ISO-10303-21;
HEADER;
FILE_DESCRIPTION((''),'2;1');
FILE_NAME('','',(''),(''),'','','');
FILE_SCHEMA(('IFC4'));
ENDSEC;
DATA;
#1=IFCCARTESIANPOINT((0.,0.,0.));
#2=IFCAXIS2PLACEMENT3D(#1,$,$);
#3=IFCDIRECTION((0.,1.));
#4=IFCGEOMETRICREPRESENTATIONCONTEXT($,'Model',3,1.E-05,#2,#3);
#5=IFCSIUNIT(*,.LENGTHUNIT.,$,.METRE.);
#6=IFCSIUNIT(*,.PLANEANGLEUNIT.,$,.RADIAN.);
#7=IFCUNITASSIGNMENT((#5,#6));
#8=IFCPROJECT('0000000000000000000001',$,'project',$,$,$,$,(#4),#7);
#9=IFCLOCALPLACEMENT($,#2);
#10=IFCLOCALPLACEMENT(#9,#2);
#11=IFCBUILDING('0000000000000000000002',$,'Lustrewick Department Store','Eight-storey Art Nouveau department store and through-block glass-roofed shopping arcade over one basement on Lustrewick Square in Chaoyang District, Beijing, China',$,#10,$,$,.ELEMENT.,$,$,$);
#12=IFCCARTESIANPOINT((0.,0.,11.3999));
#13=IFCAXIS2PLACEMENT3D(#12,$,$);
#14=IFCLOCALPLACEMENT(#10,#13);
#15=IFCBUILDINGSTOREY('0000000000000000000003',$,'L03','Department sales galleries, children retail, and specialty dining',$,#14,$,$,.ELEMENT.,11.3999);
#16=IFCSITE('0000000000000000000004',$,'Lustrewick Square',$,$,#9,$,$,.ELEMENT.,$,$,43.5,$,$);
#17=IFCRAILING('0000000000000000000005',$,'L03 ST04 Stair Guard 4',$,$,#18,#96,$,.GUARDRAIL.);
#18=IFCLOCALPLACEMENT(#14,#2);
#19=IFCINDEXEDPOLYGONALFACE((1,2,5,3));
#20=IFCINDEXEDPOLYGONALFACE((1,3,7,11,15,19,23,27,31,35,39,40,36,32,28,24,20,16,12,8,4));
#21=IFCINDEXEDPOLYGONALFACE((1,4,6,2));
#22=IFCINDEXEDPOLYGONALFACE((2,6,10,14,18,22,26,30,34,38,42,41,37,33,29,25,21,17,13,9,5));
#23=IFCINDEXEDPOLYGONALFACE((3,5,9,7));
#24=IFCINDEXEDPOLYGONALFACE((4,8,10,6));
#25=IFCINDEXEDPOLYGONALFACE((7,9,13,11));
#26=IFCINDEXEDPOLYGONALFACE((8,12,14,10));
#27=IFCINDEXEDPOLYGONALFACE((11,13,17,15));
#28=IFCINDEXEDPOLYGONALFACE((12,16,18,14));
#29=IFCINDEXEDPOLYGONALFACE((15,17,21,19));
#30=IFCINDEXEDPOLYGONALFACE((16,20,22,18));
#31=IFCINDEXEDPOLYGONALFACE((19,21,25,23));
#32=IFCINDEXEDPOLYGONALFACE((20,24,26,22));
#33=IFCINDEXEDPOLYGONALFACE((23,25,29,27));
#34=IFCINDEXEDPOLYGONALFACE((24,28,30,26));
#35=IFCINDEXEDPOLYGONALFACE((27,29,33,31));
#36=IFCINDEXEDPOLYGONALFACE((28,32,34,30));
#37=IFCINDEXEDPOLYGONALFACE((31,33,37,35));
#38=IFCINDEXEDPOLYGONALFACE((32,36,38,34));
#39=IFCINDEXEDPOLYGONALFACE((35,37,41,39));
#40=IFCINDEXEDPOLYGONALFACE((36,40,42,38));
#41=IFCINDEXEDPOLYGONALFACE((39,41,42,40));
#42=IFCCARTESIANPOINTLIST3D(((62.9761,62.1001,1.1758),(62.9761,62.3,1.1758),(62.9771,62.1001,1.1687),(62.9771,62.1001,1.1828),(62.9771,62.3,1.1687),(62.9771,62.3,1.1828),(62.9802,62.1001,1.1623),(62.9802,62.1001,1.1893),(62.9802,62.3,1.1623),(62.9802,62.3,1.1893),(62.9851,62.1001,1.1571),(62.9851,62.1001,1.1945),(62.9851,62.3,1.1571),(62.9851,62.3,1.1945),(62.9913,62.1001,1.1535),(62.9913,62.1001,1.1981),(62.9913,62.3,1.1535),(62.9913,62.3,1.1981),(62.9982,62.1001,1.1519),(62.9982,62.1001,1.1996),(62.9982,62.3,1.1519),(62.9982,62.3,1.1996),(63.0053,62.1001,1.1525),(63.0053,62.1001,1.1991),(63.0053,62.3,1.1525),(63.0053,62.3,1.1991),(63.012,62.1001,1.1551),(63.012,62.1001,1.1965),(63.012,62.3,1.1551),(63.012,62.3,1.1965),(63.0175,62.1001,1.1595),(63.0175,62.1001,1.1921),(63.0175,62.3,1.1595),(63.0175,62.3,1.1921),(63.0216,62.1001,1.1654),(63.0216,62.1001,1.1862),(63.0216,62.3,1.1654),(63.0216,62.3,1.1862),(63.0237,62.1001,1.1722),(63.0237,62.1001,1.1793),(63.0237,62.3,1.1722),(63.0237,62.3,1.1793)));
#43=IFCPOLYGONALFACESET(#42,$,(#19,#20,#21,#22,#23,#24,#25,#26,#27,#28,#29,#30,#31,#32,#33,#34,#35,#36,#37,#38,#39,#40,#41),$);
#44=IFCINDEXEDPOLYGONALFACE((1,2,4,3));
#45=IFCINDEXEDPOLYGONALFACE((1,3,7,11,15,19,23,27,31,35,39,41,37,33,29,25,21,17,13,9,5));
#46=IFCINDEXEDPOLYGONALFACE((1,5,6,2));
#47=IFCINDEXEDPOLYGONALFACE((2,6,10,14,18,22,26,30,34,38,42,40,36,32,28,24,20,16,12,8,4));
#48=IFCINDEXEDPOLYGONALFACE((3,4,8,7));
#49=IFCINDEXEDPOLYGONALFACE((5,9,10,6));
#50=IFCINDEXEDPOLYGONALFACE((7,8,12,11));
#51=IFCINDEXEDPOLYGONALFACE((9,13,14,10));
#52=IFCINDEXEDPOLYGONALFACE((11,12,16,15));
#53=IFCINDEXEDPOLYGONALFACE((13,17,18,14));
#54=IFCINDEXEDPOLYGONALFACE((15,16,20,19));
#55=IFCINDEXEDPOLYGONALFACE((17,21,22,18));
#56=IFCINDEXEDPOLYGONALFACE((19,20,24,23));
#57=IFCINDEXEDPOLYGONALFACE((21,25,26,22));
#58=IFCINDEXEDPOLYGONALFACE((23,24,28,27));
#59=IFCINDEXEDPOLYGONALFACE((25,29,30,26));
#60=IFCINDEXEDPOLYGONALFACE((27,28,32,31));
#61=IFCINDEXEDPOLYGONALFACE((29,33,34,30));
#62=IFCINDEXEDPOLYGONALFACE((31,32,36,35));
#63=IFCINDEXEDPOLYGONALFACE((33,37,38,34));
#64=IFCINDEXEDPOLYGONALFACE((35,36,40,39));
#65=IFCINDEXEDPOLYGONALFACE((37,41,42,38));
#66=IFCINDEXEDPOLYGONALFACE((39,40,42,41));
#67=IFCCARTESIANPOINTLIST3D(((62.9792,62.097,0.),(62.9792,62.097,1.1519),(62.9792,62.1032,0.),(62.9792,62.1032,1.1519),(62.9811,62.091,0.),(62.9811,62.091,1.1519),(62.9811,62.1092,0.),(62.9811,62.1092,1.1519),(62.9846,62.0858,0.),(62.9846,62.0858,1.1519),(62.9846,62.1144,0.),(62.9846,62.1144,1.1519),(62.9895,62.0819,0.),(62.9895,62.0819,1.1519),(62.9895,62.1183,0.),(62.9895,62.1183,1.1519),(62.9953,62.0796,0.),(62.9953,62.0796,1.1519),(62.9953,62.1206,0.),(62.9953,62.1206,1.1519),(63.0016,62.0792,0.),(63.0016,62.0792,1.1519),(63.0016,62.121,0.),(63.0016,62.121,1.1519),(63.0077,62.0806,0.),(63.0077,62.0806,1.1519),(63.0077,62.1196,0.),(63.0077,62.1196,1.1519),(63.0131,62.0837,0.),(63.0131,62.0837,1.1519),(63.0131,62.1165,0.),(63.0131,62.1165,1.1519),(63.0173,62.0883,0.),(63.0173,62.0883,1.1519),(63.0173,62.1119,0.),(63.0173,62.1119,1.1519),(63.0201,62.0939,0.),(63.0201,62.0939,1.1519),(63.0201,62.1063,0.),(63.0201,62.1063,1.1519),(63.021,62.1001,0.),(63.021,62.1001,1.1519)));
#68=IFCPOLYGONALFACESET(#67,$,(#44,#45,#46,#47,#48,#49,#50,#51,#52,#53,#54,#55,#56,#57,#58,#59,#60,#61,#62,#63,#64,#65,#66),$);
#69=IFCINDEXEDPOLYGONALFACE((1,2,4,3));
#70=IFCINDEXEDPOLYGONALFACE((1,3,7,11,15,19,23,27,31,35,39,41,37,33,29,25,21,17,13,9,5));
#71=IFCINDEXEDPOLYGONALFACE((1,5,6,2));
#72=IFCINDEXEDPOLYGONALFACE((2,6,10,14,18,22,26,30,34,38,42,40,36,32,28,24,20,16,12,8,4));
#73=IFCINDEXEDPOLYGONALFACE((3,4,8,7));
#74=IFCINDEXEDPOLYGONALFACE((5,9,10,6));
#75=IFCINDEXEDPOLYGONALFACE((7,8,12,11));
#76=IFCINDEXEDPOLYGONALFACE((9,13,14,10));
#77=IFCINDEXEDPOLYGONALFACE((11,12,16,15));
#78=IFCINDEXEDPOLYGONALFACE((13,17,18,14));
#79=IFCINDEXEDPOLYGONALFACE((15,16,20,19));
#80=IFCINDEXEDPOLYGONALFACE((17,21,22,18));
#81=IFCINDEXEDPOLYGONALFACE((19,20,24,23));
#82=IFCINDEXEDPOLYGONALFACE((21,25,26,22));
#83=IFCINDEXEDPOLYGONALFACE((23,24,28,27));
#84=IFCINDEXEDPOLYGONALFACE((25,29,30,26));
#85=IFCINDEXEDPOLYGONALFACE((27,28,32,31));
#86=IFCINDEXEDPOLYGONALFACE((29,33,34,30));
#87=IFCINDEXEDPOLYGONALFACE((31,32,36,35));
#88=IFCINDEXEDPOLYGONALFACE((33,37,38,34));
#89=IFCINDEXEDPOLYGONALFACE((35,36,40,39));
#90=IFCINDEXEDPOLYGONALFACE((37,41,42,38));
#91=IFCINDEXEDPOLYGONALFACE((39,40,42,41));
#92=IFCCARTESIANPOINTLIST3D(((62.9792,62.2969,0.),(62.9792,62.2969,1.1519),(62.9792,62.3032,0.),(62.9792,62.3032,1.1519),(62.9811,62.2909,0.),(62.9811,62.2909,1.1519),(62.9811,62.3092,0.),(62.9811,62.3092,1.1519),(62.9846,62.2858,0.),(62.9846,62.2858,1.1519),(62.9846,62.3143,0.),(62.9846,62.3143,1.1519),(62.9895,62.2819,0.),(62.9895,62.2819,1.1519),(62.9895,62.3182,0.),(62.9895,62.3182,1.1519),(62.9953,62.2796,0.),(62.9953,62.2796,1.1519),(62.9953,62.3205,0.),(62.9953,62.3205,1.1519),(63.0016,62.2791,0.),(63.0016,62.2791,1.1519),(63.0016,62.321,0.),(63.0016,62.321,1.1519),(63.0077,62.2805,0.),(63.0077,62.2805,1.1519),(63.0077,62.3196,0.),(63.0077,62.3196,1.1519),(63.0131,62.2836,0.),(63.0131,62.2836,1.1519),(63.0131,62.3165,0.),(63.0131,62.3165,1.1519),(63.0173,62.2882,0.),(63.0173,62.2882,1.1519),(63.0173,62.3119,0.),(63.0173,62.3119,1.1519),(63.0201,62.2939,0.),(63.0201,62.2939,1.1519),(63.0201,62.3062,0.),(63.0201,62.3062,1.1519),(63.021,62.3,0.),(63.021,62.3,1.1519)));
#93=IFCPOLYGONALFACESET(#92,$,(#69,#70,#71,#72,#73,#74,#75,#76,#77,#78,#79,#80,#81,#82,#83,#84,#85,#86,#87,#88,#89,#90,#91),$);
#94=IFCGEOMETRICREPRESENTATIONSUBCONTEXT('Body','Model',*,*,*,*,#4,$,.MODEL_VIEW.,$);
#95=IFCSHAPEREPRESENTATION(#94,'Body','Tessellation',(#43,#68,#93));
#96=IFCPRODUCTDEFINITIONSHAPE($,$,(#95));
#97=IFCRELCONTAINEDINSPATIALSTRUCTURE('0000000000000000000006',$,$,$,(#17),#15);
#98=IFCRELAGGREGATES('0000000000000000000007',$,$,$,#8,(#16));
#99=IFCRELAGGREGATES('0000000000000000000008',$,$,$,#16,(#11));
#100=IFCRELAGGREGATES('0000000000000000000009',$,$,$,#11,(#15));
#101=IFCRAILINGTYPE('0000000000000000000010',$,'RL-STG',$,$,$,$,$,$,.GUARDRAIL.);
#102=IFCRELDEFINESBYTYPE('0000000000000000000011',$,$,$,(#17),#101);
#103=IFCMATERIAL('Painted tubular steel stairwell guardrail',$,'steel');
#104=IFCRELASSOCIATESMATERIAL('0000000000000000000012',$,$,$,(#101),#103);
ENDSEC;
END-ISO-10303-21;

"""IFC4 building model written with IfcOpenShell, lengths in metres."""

from ifc_helpers import new_model, si_unit, direction, frame, origin, origin_2d, place, context, subcontext, project, spatial, circle, extrude, material, type_object, element, save


model = new_model("IFC4")

# Units and contexts
model_context = context("Model", 3, precision=1e-05, world=origin(), true_north=direction((0.0, 1.0)))
body_context = subcontext(model_context, "Body", "Model", "MODEL_VIEW")
ifc_project = project(units=[si_unit("LENGTHUNIT", "METRE"), si_unit("PLANEANGLEUNIT", "RADIAN")], contexts=[model_context])

# Site, building, storey
site_placement = place(None, origin())
site = spatial("IfcSite", under=ifc_project, at=site_placement, Name="Lustrewick Square", CompositionType="ELEMENT", RefElevation=43.5)
building_placement = place(site_placement, origin())
building = spatial("IfcBuilding", under=site, at=building_placement, Name="Lustrewick Department Store", Description="Eight-storey Art Nouveau department store and through-block glass-roofed shopping arcade over one basement on Lustrewick Square in Chaoyang District, Beijing, China", CompositionType="ELEMENT")
storey_placement = place(building_placement, frame((0.0, 0.0, 11.3999)))
storey = spatial("IfcBuildingStorey", under=building, at=storey_placement, Name="L03", Description="Department sales galleries, children retail, and specialty dining", CompositionType="ELEMENT", Elevation=11.3999)

# Railing
ifc_material_1 = material(Name="Painted tubular steel stairwell guardrail", Category="steel")
railing_type_1 = type_object("IfcRailingType", Name="RL-STG", PredefinedType="GUARDRAIL", material=ifc_material_1)
railing_1_placement = place(storey_placement, frame((63.0, 62.1001, 0.0)))
element("IfcRailing", 1, at=railing_1_placement, inside=storey, type_object=railing_type_1, Name="L03 ST04 Stair Guard 4", PredefinedType="GUARDRAIL", context=body_context, shape_type="SweptSolid", body=[
    extrude(circle(Radius=0.0239, at=origin_2d()), frame((0.0, 0.0, 1.1758), z_axis=(0.0, 1.0, 0.0), x_axis=(-1.0, 0.0, 0.0)), (0.0, 0.0, 1.0), 0.2),
    extrude(circle(Radius=0.021, at=origin_2d()), origin(), (0.0, 0.0, 1.0), 1.1519),
    extrude(circle(Radius=0.021, at=origin_2d()), frame((0.0, 0.2, 0.0)), (0.0, 0.0, 1.0), 1.1519),
])

save(model, "model.ifc")
